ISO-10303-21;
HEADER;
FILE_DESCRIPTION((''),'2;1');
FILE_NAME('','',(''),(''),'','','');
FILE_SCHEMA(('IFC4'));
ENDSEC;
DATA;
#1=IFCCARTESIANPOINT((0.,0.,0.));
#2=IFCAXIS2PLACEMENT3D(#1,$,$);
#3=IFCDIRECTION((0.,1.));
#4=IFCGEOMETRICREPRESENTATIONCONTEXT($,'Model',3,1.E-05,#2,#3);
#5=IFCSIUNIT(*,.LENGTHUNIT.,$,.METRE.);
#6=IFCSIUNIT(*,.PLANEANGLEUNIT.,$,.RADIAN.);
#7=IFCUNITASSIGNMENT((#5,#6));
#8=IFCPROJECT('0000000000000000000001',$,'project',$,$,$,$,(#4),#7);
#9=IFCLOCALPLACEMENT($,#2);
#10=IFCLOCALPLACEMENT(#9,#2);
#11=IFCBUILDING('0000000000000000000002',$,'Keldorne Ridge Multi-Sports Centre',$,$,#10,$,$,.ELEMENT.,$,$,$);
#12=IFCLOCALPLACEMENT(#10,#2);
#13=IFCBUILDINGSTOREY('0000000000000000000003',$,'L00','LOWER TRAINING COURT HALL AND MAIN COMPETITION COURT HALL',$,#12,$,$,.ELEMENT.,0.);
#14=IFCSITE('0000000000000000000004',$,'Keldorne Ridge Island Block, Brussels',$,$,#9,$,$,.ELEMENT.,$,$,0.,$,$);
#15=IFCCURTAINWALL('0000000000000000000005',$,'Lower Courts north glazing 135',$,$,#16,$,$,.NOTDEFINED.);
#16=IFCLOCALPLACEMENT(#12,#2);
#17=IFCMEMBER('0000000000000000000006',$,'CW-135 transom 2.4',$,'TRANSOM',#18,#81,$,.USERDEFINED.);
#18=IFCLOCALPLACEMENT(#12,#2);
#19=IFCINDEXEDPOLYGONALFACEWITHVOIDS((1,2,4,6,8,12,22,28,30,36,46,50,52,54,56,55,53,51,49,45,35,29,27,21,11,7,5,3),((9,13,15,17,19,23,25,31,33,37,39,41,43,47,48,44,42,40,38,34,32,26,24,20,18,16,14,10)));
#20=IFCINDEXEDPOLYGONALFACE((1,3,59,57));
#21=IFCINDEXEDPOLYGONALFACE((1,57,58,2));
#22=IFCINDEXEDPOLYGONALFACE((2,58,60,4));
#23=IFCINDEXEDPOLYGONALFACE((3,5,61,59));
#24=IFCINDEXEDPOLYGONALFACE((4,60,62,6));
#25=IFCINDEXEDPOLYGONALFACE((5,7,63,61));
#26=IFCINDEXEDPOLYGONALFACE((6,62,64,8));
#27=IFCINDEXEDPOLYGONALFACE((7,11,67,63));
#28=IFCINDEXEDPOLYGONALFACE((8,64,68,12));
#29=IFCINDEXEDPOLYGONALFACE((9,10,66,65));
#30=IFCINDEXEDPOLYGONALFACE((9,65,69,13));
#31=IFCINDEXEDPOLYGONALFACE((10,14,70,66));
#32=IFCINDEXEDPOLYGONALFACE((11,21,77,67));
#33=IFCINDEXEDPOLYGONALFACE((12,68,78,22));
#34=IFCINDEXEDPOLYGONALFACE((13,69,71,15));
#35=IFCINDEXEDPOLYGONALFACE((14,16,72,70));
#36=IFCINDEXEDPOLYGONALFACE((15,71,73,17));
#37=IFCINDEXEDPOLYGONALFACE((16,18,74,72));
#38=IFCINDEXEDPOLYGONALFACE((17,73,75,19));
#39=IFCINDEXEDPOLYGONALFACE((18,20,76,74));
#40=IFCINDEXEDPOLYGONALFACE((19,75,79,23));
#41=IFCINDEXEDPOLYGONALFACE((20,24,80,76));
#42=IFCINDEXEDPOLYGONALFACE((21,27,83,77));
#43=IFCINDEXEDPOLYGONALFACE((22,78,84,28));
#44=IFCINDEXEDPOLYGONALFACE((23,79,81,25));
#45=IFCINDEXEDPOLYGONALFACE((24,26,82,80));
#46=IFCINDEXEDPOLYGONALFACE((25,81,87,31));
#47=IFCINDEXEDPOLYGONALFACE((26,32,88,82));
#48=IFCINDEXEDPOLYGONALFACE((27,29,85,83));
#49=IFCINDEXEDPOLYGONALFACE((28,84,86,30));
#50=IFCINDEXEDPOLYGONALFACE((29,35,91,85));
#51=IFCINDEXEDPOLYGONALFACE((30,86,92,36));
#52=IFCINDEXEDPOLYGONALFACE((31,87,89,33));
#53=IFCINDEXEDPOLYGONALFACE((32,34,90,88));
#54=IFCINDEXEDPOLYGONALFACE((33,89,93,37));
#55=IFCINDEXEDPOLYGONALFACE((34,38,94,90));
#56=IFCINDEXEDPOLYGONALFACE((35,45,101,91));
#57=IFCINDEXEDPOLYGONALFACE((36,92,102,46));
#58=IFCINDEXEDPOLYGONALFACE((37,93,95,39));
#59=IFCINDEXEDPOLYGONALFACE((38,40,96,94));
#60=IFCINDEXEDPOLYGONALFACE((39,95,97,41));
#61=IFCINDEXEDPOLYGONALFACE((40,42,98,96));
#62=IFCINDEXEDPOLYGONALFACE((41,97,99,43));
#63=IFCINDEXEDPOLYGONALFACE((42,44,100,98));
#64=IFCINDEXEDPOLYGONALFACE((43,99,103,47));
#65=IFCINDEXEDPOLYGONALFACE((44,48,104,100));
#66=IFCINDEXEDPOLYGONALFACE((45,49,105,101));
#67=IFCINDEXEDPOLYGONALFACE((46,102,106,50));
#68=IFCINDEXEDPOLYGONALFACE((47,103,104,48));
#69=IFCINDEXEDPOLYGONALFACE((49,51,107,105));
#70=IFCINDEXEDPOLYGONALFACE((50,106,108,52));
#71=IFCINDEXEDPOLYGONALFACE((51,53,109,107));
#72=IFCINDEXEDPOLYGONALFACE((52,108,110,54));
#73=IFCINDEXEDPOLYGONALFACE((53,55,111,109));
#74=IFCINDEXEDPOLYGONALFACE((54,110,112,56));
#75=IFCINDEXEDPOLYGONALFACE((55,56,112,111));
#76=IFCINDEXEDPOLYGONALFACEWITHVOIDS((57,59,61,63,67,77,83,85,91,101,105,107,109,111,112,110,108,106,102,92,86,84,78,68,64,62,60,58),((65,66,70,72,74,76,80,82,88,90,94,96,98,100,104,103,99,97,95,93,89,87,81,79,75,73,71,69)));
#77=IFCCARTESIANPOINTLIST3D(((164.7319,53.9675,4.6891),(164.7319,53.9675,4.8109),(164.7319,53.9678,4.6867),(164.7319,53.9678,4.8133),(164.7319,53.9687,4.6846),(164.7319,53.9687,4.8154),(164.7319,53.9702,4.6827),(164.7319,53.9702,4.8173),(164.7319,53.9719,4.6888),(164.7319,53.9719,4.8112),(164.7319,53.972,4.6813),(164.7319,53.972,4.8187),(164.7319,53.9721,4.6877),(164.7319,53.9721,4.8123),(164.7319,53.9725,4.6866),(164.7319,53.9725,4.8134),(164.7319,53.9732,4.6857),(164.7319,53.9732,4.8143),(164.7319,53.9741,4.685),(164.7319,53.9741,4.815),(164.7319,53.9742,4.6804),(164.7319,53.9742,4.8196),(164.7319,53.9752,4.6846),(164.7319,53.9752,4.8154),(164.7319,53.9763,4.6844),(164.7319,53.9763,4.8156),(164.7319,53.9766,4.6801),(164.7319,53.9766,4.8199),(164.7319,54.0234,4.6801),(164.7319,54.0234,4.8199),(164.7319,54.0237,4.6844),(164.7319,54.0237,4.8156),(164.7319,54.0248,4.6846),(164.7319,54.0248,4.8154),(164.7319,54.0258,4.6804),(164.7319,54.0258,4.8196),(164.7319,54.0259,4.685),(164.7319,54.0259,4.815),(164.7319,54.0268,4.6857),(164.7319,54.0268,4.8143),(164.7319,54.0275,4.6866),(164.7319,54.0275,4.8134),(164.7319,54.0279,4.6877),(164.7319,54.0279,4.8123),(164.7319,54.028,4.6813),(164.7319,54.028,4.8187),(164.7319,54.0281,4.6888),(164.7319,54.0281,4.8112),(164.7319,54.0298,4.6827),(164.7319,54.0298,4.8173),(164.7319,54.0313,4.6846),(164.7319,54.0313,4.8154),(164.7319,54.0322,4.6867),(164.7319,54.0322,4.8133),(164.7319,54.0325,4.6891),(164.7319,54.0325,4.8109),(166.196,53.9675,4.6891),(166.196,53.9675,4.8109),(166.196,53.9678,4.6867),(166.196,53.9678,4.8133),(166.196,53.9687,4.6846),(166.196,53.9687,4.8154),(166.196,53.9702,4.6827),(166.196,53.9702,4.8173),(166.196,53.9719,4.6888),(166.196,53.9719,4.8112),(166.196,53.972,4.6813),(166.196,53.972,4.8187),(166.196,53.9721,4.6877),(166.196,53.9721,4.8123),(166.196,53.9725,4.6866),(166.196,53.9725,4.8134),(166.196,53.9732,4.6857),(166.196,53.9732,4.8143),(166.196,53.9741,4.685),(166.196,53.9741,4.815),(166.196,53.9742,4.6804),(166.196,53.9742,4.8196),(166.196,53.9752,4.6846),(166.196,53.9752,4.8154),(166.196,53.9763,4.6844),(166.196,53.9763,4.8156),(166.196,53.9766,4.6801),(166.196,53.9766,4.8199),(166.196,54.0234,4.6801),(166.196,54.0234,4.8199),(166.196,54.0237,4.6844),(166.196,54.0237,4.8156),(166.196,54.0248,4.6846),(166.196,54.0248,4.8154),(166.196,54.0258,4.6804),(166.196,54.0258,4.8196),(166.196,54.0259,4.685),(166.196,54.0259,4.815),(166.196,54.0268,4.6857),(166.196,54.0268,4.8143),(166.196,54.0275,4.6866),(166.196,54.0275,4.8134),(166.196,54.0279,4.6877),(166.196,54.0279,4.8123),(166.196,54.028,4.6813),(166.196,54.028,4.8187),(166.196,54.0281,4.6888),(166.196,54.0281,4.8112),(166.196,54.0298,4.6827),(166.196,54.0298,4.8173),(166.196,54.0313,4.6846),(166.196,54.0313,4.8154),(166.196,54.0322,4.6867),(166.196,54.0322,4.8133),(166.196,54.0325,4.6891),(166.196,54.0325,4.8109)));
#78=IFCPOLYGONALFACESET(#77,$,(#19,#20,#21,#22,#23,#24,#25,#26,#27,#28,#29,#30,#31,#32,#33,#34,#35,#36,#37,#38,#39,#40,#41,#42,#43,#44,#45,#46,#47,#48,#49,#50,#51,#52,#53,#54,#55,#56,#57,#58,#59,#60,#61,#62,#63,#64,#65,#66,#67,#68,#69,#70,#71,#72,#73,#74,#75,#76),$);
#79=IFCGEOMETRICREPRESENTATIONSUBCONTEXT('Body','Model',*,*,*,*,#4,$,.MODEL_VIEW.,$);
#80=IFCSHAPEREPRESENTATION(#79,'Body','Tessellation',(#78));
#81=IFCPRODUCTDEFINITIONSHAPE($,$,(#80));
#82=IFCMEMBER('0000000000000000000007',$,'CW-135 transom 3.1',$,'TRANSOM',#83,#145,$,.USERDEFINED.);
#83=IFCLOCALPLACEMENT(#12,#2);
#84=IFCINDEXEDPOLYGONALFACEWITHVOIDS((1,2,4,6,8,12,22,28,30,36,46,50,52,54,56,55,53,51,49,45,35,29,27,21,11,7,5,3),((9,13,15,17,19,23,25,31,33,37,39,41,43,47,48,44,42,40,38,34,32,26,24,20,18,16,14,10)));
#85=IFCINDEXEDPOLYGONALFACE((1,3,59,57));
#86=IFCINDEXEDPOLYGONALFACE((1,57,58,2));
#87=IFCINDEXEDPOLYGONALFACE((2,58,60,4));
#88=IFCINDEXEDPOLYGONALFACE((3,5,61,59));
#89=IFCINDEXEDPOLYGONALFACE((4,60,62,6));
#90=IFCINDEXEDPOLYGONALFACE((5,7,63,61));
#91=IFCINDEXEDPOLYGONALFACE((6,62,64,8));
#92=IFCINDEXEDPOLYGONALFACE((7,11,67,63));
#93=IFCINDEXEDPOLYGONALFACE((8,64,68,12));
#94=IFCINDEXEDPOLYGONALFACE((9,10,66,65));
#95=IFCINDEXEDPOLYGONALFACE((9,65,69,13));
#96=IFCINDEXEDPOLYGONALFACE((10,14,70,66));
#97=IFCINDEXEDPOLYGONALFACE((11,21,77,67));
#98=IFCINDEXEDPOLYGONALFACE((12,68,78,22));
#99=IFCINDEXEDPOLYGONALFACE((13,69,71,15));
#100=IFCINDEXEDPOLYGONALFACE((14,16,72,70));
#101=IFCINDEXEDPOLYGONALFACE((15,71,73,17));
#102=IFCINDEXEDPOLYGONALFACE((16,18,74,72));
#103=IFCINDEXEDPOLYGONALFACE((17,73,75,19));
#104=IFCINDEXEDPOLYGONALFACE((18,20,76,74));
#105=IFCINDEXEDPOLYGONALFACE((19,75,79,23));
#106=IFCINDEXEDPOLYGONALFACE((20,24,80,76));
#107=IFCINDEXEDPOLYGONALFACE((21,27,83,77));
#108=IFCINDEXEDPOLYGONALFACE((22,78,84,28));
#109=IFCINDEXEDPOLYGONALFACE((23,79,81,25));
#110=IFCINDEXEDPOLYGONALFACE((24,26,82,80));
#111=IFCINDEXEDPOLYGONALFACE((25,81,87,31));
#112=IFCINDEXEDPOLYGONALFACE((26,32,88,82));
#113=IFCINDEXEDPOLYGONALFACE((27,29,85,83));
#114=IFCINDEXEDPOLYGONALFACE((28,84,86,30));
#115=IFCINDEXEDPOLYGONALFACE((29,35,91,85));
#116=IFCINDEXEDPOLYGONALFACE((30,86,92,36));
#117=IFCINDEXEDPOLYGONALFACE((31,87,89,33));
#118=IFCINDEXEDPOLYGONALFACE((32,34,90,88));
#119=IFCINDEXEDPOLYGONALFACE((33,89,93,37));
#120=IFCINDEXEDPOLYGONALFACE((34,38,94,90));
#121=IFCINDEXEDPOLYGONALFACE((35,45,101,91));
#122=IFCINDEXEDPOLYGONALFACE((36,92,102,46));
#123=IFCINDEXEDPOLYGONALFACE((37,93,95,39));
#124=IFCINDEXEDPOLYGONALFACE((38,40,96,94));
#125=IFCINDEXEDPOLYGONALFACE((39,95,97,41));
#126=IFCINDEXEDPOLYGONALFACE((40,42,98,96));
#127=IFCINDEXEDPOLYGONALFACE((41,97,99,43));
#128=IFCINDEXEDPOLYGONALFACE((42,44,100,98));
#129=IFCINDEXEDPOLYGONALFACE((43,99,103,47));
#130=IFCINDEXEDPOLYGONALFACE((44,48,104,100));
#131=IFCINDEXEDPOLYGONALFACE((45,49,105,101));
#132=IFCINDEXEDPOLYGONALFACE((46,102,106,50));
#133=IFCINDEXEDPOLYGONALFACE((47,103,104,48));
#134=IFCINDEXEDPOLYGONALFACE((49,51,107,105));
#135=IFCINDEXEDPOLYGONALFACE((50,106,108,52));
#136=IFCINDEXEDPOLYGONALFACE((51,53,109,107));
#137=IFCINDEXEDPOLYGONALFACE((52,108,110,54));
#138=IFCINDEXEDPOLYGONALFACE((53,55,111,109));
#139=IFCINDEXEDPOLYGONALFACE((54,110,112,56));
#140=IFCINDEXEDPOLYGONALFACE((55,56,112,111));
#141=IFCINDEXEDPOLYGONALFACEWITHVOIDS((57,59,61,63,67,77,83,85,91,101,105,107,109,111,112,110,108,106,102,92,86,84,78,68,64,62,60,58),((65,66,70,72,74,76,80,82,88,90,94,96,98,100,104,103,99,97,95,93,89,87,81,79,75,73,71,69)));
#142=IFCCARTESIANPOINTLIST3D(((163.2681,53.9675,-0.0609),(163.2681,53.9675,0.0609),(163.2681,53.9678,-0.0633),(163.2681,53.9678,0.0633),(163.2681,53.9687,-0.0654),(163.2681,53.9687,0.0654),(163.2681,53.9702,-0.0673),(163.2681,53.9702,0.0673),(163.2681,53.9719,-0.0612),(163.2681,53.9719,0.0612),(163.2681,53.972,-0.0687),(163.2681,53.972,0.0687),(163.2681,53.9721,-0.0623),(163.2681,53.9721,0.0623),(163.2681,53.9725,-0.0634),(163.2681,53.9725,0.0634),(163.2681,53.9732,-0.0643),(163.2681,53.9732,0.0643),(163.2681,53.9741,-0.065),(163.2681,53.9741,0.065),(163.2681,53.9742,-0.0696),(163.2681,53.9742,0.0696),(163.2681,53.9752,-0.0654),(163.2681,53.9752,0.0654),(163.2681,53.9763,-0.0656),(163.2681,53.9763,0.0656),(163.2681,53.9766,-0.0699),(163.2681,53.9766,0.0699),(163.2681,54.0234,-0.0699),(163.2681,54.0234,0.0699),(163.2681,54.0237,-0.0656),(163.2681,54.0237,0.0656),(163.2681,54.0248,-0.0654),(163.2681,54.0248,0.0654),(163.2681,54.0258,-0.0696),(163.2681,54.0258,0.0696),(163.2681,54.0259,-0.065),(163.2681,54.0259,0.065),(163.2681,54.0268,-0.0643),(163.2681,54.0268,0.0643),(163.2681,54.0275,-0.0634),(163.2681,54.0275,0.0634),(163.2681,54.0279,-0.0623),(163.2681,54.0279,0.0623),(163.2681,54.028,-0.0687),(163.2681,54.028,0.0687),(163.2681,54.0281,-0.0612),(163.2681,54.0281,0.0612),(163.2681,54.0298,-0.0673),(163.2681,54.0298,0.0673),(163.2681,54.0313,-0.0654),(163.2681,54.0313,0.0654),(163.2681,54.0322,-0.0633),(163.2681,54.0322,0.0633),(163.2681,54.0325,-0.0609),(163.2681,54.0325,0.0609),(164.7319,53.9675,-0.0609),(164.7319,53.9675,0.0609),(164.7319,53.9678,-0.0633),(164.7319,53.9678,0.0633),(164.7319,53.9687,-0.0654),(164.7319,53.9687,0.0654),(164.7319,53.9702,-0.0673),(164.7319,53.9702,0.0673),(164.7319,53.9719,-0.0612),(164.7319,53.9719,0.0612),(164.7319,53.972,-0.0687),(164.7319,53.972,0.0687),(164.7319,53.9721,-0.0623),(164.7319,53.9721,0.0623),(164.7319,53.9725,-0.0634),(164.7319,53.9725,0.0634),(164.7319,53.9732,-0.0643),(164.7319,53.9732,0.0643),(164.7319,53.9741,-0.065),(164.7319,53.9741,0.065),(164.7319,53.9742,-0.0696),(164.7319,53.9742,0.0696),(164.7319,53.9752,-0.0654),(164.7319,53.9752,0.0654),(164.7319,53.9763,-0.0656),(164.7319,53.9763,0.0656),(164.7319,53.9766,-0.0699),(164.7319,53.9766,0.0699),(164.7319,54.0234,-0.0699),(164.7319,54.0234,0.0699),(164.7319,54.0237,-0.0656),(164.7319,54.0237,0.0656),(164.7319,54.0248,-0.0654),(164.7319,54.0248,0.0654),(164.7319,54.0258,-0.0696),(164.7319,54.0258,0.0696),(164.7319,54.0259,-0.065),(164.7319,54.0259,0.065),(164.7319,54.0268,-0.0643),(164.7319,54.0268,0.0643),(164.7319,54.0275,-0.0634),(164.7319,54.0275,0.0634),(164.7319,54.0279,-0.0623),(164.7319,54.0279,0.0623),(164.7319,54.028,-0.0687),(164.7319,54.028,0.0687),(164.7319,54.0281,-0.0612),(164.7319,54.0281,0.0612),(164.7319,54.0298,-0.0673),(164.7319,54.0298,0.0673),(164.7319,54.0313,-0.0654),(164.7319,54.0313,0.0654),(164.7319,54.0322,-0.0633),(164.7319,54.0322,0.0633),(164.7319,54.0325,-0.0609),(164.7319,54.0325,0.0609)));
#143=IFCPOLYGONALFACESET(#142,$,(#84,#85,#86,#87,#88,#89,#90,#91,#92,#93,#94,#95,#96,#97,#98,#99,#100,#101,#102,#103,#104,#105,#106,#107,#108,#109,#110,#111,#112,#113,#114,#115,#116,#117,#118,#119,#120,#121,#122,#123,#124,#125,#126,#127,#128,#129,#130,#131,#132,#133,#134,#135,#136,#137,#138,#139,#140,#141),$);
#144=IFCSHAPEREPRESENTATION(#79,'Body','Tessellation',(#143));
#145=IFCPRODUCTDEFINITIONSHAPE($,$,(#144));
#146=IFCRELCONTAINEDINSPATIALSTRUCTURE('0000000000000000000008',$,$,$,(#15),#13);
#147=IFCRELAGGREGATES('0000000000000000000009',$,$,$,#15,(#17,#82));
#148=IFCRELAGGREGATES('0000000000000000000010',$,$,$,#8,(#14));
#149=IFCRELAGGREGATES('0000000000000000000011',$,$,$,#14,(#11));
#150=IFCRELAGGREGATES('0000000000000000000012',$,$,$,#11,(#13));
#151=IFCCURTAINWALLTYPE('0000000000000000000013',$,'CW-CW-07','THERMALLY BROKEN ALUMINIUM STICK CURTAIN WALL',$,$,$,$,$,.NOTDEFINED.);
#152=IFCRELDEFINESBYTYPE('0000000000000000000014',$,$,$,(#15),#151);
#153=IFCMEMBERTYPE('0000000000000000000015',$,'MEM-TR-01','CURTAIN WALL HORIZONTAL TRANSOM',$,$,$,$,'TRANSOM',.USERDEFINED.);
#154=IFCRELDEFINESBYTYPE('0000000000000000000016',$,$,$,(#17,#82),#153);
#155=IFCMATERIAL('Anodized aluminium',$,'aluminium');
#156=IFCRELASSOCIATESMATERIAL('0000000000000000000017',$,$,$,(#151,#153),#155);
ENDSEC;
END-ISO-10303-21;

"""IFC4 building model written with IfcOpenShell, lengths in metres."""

from ifc_helpers import new_model, si_unit, direction, frame, origin, origin_2d, place, context, subcontext, project, spatial, hollow_rectangle, extrude, material, material_profile, profile_set, type_object, element, aggregate, save


model = new_model("IFC4")

# Units and contexts
model_context = context("Model", 3, precision=1e-05, world=origin(), true_north=direction((0.0, 1.0)))
body_context = subcontext(model_context, "Body", "Model", "MODEL_VIEW")
ifc_project = project(units=[si_unit("LENGTHUNIT", "METRE"), si_unit("PLANEANGLEUNIT", "RADIAN")], contexts=[model_context])

# Site, building, storey
site_placement = place(None, origin())
site = spatial("IfcSite", under=ifc_project, at=site_placement, Name="Keldorne Ridge Island Block, Brussels", CompositionType="ELEMENT", RefElevation=0.0)
building_placement = place(site_placement, origin())
building = spatial("IfcBuilding", under=site, at=building_placement, Name="Keldorne Ridge Multi-Sports Centre", CompositionType="ELEMENT")
storey_placement = place(building_placement, origin())
storey = spatial("IfcBuildingStorey", under=building, at=storey_placement, Name="L00", Description="LOWER TRAINING COURT HALL AND MAIN COMPETITION COURT HALL", CompositionType="ELEMENT", Elevation=0.0)

# Curtain wall, members
ifc_material_1 = material(Name="Anodized aluminium", Category="aluminium")
curtain_wall_type = type_object("IfcCurtainWallType", Name="CW-CW-07", Description="THERMALLY BROKEN ALUMINIUM STICK CURTAIN WALL", PredefinedType="NOTDEFINED", material=ifc_material_1)
curtain_wall_placement = place(storey_placement, origin())
curtain_wall = element("IfcCurtainWall", 1, at=curtain_wall_placement, inside=storey, type_object=curtain_wall_type, Name="Lower Courts north glazing 135", PredefinedType="NOTDEFINED")
ifc_material_profile_1 = material_profile(ifc_material_1, hollow_rectangle(XDim=0.0649, YDim=0.1399, WallThickness=0.0044, InnerFilletRadius=0.0044, OuterFilletRadius=0.009, at=origin_2d()), Name="ALU TRANSOM 140x65x4.5")
ifc_profile_set_1 = profile_set([ifc_material_profile_1], Name="Anodized aluminium")
member_type_1 = type_object("IfcMemberType", Name="MEM-TR-01", Description="CURTAIN WALL HORIZONTAL TRANSOM", ElementType="TRANSOM", PredefinedType="USERDEFINED", material=ifc_profile_set_1)
member_1_placement = place(storey_placement, frame((166.196, 54.0, 4.75), z_axis=(-1.0, 0.0, 0.0), x_axis=(0.0, -1.0, 0.0)))
member_1 = element("IfcMember", 2, at=member_1_placement, type_object=member_type_1, Name="CW-135 transom 2.4", ObjectType="TRANSOM", PredefinedType="USERDEFINED", context=body_context, shape_type="SweptSolid", body=[
    extrude(hollow_rectangle(XDim=0.0649, YDim=0.1399, WallThickness=0.0044, InnerFilletRadius=0.0044, OuterFilletRadius=0.009, at=origin_2d()), origin(), (0.0, 0.0, 1.0), 1.4641),
])
member_2_placement = place(storey_placement, frame((164.7319, 54.0, 0.0), z_axis=(-1.0, 0.0, 0.0), x_axis=(0.0, -1.0, 0.0)))
member_2 = element("IfcMember", 3, at=member_2_placement, type_object=member_type_1, Name="CW-135 transom 3.1", ObjectType="TRANSOM", PredefinedType="USERDEFINED", context=body_context, shape_type="SweptSolid", body=[
    extrude(hollow_rectangle(XDim=0.0649, YDim=0.1399, WallThickness=0.0044, InnerFilletRadius=0.0044, OuterFilletRadius=0.009, at=origin_2d()), origin(), (0.0, 0.0, 1.0), 1.4639),
])
aggregate(curtain_wall, [member_1, member_2])

save(model, "model.ifc")
